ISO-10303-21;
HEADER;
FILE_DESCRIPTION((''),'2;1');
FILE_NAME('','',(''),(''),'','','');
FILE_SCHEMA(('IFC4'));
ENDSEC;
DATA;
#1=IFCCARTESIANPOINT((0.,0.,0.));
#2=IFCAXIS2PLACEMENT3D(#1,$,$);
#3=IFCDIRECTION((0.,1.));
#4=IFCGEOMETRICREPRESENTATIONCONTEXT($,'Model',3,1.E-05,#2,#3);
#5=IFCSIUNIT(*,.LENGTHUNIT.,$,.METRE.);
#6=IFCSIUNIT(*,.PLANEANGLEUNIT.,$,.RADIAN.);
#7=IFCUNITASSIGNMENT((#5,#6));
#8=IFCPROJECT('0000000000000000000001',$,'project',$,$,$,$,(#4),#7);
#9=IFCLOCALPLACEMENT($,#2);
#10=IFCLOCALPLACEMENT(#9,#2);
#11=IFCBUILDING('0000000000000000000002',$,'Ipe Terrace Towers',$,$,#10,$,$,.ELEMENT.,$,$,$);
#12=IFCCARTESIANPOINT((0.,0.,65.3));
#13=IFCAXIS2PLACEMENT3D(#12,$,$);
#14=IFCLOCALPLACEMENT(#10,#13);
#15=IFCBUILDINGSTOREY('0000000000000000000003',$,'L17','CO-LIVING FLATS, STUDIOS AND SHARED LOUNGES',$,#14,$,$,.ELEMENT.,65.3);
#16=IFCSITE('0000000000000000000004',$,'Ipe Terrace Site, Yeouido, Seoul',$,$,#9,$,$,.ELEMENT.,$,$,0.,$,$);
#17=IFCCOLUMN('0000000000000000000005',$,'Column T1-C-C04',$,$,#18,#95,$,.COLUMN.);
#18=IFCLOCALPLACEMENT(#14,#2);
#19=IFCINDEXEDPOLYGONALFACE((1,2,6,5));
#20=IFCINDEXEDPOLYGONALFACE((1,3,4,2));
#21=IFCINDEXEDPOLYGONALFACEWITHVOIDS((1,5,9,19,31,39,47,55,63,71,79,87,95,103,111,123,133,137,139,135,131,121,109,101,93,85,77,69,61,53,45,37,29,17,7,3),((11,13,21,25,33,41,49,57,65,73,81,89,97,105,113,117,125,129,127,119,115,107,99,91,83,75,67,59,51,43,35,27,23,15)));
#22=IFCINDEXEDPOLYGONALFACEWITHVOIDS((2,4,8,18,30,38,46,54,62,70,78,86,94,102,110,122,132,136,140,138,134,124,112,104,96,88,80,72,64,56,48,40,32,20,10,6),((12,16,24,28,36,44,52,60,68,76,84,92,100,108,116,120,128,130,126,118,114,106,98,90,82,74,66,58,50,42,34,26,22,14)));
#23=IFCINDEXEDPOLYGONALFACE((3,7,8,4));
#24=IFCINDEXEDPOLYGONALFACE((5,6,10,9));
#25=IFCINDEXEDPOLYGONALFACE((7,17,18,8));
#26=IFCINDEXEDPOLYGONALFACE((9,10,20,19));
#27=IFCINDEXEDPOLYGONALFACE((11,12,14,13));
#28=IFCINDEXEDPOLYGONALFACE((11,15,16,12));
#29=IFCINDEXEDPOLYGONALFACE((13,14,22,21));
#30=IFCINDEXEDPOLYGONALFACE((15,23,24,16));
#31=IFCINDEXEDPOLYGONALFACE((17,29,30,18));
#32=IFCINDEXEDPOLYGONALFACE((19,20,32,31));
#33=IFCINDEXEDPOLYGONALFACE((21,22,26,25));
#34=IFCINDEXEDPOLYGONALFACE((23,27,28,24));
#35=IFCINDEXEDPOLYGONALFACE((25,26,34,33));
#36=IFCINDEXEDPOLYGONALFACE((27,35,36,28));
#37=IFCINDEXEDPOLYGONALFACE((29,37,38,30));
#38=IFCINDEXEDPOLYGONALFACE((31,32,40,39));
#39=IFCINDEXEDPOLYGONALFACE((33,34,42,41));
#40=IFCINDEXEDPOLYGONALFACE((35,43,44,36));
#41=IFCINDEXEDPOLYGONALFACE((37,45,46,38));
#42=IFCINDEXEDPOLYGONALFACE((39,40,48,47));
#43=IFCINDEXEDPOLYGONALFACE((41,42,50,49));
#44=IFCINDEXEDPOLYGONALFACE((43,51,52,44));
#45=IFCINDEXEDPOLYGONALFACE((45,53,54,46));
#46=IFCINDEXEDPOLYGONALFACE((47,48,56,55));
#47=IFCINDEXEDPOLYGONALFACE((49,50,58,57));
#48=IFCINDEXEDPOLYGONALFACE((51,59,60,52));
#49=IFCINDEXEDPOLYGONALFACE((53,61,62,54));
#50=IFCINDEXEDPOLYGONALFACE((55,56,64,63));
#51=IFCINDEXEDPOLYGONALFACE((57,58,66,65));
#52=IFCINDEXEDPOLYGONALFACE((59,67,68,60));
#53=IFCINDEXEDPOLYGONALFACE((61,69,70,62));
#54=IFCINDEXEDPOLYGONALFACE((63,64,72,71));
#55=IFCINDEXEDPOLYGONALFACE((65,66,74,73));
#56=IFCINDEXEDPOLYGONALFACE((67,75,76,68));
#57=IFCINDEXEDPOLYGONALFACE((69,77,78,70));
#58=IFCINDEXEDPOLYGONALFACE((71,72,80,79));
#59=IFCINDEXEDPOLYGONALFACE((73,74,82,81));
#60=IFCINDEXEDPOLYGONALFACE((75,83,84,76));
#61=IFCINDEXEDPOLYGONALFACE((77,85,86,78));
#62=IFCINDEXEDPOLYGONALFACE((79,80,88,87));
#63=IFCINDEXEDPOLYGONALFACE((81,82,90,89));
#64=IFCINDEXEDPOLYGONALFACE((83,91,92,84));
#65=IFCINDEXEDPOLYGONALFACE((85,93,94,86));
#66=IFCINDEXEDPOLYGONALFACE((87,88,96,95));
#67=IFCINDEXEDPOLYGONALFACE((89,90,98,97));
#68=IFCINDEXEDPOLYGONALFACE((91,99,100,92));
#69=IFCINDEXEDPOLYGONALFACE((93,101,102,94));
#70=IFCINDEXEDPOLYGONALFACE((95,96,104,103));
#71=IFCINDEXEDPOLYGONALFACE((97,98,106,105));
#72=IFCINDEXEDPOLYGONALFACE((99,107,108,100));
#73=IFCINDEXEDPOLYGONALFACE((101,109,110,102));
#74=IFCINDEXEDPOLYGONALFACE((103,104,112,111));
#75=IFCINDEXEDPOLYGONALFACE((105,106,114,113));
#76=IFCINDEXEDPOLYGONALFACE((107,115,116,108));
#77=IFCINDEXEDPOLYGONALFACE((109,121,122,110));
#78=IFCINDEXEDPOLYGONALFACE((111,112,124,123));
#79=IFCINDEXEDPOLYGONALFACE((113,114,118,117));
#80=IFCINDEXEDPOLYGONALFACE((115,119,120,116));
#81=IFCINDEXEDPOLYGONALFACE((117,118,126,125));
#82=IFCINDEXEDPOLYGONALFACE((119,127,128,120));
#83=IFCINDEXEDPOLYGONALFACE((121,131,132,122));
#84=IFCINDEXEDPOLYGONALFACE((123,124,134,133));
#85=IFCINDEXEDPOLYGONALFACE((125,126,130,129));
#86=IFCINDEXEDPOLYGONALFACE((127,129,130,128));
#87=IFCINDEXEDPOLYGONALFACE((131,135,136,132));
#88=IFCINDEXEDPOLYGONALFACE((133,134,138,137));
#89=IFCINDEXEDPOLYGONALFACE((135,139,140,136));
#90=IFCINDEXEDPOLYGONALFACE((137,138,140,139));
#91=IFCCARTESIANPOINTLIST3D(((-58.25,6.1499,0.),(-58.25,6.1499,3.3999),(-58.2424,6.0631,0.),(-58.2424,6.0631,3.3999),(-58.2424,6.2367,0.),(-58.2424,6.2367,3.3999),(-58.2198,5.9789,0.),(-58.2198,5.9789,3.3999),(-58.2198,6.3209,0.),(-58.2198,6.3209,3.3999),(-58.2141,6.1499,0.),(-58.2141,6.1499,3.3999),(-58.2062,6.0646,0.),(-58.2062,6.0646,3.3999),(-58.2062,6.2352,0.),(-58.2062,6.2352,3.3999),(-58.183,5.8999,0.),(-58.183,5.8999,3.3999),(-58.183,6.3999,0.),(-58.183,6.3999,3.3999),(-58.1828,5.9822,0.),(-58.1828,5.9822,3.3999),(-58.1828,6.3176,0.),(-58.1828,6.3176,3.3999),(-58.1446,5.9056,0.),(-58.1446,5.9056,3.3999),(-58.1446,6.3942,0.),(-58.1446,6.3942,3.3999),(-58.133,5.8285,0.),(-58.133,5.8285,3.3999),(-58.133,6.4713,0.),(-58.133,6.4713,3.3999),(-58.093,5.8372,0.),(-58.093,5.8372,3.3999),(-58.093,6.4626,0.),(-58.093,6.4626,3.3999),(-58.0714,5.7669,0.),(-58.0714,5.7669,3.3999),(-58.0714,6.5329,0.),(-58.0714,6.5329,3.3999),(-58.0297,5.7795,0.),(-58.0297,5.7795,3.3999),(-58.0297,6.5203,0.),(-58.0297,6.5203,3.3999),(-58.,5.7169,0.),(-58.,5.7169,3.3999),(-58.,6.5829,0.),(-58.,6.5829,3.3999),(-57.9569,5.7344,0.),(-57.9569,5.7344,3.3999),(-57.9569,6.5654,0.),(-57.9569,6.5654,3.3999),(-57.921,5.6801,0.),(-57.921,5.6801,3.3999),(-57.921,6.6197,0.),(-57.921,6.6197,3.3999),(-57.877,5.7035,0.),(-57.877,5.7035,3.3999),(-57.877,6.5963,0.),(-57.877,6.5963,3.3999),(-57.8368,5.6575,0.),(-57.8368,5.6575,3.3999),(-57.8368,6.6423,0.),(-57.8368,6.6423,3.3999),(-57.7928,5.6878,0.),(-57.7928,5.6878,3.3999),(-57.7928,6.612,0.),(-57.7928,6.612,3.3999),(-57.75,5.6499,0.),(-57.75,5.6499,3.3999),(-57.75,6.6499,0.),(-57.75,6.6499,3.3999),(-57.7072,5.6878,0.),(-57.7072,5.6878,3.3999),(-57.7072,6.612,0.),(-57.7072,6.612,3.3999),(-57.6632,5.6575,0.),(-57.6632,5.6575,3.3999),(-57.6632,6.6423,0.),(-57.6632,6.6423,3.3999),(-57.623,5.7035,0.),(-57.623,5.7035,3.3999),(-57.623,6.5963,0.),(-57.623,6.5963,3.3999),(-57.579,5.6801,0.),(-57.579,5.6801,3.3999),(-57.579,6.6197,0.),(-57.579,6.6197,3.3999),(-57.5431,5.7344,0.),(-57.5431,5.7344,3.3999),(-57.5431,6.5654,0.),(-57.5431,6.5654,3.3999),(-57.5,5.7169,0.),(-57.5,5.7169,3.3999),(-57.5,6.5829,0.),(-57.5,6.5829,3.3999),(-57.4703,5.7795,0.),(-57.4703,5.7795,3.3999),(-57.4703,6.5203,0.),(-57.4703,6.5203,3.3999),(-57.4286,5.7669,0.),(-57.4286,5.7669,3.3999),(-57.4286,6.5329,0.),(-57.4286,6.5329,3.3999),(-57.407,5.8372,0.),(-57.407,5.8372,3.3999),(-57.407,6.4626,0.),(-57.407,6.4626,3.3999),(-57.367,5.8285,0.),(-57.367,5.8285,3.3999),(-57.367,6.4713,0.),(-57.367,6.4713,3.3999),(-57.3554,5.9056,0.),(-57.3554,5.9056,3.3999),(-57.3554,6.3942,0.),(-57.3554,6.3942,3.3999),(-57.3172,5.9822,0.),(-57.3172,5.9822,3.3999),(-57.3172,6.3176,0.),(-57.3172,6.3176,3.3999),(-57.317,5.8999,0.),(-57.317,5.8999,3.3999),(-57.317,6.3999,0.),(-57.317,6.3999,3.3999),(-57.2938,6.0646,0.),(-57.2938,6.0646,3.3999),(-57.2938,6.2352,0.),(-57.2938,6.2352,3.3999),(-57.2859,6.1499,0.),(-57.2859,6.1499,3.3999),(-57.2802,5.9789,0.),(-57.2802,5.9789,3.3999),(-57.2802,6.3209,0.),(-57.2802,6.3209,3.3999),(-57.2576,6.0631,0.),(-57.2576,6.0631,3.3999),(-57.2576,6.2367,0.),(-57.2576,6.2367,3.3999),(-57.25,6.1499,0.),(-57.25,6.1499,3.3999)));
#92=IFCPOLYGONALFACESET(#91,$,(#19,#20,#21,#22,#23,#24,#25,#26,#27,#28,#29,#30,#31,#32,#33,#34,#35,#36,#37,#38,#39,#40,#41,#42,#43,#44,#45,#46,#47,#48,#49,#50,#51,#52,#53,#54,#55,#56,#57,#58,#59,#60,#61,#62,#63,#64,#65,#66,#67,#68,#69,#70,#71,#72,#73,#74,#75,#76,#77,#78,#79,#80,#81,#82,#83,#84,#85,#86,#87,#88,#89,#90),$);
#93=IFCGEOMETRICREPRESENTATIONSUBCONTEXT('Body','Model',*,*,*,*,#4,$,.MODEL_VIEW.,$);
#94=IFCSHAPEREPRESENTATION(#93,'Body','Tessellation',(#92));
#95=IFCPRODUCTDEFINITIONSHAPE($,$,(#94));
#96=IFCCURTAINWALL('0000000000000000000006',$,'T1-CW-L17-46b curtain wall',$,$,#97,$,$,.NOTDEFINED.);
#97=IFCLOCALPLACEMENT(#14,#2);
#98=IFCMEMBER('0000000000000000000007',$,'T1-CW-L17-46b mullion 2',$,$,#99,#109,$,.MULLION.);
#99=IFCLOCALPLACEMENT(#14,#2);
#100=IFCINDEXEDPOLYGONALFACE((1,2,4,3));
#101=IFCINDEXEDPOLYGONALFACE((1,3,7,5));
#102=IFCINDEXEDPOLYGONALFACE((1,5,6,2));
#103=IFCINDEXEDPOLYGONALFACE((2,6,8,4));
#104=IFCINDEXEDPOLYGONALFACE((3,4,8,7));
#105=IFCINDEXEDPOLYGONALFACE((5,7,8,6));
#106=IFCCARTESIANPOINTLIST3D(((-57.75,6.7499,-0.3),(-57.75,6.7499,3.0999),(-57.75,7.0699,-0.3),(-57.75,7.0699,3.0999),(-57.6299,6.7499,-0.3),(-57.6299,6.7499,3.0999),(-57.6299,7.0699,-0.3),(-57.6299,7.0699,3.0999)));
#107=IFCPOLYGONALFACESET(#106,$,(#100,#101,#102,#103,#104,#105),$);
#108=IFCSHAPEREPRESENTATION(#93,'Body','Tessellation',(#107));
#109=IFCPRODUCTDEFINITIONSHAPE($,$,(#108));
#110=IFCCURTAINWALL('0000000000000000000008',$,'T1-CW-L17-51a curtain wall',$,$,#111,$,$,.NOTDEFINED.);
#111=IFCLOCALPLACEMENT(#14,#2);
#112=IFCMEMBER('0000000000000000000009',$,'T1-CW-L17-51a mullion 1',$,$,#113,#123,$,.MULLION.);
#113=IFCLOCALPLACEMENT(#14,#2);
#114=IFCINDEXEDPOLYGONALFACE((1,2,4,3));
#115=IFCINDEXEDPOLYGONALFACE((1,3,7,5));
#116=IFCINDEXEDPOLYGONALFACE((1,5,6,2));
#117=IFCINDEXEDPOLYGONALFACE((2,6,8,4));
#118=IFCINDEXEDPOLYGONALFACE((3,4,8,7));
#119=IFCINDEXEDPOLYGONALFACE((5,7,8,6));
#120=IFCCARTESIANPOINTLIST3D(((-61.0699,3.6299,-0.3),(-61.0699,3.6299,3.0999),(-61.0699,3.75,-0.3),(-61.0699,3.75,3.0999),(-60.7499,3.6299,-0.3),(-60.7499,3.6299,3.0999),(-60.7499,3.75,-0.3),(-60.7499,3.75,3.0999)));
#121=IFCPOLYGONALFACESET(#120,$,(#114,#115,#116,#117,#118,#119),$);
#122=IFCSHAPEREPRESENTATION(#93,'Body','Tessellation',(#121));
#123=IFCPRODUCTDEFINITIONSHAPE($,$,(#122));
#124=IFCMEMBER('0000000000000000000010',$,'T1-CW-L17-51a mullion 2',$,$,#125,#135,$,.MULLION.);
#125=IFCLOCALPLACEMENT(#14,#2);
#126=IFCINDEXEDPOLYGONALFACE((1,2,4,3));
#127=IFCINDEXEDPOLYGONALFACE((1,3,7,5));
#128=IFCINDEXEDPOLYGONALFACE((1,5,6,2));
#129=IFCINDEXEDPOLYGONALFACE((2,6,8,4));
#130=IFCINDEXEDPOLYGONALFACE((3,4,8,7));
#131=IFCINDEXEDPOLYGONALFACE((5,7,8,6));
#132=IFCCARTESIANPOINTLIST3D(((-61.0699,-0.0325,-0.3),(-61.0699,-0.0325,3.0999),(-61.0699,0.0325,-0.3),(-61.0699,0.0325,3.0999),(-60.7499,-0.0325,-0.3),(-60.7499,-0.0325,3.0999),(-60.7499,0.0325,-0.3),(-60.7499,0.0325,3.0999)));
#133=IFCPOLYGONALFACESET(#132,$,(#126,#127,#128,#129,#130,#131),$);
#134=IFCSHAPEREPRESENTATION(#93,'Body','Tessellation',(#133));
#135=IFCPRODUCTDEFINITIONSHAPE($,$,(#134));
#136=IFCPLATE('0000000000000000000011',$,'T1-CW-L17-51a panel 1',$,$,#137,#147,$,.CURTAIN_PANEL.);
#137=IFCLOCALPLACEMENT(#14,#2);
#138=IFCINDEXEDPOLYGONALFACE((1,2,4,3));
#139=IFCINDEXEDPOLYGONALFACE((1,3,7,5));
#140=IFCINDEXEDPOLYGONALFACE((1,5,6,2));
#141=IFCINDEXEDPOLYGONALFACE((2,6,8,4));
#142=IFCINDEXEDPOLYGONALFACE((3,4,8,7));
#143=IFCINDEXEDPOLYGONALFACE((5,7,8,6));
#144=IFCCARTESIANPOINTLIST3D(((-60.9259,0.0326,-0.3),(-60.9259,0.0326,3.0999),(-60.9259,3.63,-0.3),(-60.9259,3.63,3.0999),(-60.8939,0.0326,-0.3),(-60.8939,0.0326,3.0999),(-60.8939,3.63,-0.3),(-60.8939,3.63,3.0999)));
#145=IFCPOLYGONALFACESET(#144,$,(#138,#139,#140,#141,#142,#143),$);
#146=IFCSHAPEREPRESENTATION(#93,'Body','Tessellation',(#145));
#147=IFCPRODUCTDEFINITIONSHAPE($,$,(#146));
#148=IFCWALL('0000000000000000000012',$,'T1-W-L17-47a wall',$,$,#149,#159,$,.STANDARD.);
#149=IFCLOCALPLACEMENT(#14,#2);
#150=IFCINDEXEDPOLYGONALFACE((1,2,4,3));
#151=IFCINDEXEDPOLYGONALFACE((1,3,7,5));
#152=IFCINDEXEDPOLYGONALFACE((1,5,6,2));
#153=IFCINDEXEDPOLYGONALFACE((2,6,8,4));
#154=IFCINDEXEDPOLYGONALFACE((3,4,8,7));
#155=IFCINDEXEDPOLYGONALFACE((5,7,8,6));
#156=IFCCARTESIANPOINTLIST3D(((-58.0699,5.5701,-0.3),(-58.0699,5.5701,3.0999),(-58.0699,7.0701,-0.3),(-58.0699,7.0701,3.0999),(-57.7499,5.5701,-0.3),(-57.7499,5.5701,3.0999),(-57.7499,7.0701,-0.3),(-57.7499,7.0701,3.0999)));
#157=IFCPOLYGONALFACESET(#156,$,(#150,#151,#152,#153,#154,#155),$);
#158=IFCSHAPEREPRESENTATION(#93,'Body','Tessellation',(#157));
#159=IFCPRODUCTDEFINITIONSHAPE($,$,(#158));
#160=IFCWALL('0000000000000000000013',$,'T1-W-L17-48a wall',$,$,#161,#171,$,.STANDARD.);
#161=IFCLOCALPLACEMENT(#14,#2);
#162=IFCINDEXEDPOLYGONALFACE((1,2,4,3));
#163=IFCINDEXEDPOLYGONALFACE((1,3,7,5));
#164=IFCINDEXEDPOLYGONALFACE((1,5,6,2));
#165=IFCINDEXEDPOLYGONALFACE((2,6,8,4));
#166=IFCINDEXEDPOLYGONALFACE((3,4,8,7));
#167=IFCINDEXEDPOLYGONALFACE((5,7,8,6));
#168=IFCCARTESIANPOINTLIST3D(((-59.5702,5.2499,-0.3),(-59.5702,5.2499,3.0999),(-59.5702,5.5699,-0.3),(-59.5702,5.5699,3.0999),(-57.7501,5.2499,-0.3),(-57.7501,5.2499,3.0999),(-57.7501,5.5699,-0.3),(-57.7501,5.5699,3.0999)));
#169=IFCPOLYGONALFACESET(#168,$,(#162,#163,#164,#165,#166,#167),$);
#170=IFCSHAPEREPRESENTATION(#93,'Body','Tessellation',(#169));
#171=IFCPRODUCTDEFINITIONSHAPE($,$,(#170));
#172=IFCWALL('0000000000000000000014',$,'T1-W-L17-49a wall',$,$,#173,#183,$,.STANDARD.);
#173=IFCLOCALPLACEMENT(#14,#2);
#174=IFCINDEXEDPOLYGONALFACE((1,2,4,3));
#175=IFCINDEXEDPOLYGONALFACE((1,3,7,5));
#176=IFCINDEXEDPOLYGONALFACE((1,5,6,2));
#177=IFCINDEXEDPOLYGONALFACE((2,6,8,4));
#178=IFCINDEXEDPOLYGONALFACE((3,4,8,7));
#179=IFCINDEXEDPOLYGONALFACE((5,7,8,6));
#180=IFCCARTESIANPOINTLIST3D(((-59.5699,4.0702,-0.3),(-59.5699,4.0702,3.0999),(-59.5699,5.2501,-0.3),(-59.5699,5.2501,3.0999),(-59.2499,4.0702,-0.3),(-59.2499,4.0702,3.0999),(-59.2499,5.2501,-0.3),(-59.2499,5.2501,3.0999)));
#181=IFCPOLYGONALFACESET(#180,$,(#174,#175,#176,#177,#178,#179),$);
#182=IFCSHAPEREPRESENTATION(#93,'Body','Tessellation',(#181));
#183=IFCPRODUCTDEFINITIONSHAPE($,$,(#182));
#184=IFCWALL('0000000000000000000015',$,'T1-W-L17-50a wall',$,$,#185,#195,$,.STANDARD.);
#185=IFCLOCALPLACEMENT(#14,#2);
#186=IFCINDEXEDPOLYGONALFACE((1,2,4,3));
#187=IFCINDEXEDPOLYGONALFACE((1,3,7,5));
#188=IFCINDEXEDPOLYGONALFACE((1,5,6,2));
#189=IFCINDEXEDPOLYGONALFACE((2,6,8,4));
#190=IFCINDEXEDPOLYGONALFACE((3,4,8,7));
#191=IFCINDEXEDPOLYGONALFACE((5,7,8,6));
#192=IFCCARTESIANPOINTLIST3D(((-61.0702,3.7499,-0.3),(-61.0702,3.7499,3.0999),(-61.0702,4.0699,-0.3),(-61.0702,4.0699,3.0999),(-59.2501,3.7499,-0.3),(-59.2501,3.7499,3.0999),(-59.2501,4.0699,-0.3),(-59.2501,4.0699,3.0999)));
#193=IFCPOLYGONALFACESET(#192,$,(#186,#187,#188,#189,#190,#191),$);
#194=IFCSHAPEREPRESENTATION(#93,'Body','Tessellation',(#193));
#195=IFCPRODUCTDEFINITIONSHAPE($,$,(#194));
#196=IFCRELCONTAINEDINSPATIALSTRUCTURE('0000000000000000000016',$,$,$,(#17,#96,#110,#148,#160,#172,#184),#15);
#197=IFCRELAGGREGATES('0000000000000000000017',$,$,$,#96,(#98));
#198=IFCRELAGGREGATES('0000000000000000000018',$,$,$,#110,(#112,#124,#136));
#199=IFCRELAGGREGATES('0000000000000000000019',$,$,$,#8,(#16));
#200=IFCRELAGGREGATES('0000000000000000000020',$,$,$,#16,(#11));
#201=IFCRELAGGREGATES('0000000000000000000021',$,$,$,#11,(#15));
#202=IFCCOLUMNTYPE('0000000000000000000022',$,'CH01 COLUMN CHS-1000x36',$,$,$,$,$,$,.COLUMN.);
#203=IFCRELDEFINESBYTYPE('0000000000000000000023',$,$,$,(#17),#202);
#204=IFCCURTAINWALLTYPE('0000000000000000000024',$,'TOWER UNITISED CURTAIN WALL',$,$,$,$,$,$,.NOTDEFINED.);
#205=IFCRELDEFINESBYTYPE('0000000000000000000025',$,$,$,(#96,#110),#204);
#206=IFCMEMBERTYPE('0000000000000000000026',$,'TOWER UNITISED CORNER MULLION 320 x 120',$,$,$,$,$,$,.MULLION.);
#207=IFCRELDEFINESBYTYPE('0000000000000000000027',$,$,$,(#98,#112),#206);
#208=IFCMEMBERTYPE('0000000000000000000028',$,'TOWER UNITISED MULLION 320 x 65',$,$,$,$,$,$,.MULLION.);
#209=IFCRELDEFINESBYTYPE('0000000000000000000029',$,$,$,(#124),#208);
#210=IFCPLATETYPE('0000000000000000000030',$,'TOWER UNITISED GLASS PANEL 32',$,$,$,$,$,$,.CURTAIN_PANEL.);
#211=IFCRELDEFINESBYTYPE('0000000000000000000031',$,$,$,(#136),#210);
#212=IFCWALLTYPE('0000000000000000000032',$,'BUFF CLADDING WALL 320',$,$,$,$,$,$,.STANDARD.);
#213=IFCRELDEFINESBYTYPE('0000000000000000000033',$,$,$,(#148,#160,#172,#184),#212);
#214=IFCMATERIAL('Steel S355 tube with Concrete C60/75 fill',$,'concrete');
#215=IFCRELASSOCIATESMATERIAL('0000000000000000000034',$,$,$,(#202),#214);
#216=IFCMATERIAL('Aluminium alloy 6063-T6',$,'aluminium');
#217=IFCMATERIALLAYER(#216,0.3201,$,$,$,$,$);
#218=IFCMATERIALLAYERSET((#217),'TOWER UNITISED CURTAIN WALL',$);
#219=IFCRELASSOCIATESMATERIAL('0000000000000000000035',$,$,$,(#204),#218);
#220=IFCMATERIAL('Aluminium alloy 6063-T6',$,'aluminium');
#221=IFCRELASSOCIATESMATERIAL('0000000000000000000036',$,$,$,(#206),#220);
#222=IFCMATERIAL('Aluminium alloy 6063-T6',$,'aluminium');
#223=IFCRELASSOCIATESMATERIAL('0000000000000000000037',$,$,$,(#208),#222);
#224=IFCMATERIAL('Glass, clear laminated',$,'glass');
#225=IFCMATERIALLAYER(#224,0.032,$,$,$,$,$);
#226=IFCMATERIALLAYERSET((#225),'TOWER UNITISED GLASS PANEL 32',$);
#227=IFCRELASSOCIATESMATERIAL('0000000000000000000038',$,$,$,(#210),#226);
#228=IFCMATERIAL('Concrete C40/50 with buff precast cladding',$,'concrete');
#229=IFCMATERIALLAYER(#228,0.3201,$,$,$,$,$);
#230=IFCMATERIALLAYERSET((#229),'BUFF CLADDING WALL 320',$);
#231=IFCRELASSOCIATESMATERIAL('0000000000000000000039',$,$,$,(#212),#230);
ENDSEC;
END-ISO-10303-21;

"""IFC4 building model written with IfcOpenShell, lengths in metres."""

from ifc_helpers import new_model, si_unit, direction, frame, frame_2d, origin, origin_2d, place, context, subcontext, project, spatial, rectangle, hollow_circle, extrude, material, layer, layer_set, material_profile, profile_set, type_object, element, aggregate, save


model = new_model("IFC4")

# Units and contexts
model_context = context("Model", 3, precision=1e-05, world=origin(), true_north=direction((0.0, 1.0)))
body_context = subcontext(model_context, "Body", "Model", "MODEL_VIEW")
ifc_project = project(units=[si_unit("LENGTHUNIT", "METRE"), si_unit("PLANEANGLEUNIT", "RADIAN")], contexts=[model_context])

# Site, building, storey
site_placement = place(None, origin())
site = spatial("IfcSite", under=ifc_project, at=site_placement, Name="Ipe Terrace Site, Yeouido, Seoul", CompositionType="ELEMENT", RefElevation=0.0)
building_placement = place(site_placement, origin())
building = spatial("IfcBuilding", under=site, at=building_placement, Name="Ipe Terrace Towers", CompositionType="ELEMENT")
storey_placement = place(building_placement, frame((0.0, 0.0, 65.3)))
storey = spatial("IfcBuildingStorey", under=building, at=storey_placement, Name="L17", Description="CO-LIVING FLATS, STUDIOS AND SHARED LOUNGES", CompositionType="ELEMENT", Elevation=65.3)

# Column
ifc_material_1 = material(Name="Steel S355 tube with Concrete C60/75 fill", Category="concrete")
ifc_material_profile_1 = material_profile(ifc_material_1, hollow_circle(Radius=0.5, WallThickness=0.0359, at=origin_2d()), Name="CHS-1000x36")
ifc_profile_set_1 = profile_set([ifc_material_profile_1], Name="Steel S355 tube with Concrete C60/75 fill")
column_type = type_object("IfcColumnType", Name="CH01 COLUMN CHS-1000x36", PredefinedType="COLUMN", material=ifc_profile_set_1)
column_placement = place(storey_placement, frame((-57.75, 6.1499, 0.0), z_axis=(0.0, 0.0, 1.0), x_axis=(1.0, 0.0, 0.0)))
element("IfcColumn", 1, at=column_placement, inside=storey, type_object=column_type, Name="Column T1-C-C04", PredefinedType="COLUMN", context=body_context, shape_type="SweptSolid", body=[
    extrude(hollow_circle(Radius=0.5, WallThickness=0.0359, at=origin_2d()), origin(), (0.0, 0.0, 1.0), 3.3999),
])

# Curtain wall, member
ifc_material_2 = material(Name="Aluminium alloy 6063-T6", Category="aluminium")
ifc_layer_1 = layer(ifc_material_2, 0.3201)
ifc_layer_set_1 = layer_set([ifc_layer_1], Name="TOWER UNITISED CURTAIN WALL")
curtain_wall_type = type_object("IfcCurtainWallType", Name="TOWER UNITISED CURTAIN WALL", PredefinedType="NOTDEFINED", material=ifc_layer_set_1)
curtain_wall_1_placement = place(storey_placement, origin())
curtain_wall_1 = element("IfcCurtainWall", 2, at=curtain_wall_1_placement, inside=storey, type_object=curtain_wall_type, Name="T1-CW-L17-46b curtain wall", PredefinedType="NOTDEFINED")
ifc_material_3 = material(Name="Aluminium alloy 6063-T6", Category="aluminium")
ifc_material_profile_2 = material_profile(ifc_material_3, rectangle(XDim=0.3201, YDim=0.1201, at=origin_2d()), Name="TOWER UNITISED CORNER MULLION 320 x 120")
ifc_profile_set_2 = profile_set([ifc_material_profile_2], Name="Aluminium alloy 6063-T6")
member_type_1 = type_object("IfcMemberType", Name="TOWER UNITISED CORNER MULLION 320 x 120", PredefinedType="MULLION", material=ifc_profile_set_2)
member_1_placement = place(storey_placement, frame((-57.6899, 6.9099, -0.3), z_axis=(0.0, 0.0, 1.0), x_axis=(0.0, 1.0, 0.0)))
member_1 = element("IfcMember", 3, at=member_1_placement, type_object=member_type_1, Name="T1-CW-L17-46b mullion 2", PredefinedType="MULLION", context=body_context, shape_type="SweptSolid", body=[
    extrude(rectangle(XDim=0.3201, YDim=0.1201, at=origin_2d()), origin(), (0.0, 0.0, 1.0), 3.3999),
])
aggregate(curtain_wall_1, [member_1])

# Curtain wall, members, plate
curtain_wall_2_placement = place(storey_placement, origin())
curtain_wall_2 = element("IfcCurtainWall", 4, at=curtain_wall_2_placement, inside=storey, type_object=curtain_wall_type, Name="T1-CW-L17-51a curtain wall", PredefinedType="NOTDEFINED")
member_2_placement = place(storey_placement, frame((-60.9099, 3.6899, -0.3), z_axis=(0.0, 0.0, 1.0), x_axis=(-1.0, 0.0, 0.0)))
member_2 = element("IfcMember", 5, at=member_2_placement, type_object=member_type_1, Name="T1-CW-L17-51a mullion 1", PredefinedType="MULLION", context=body_context, shape_type="SweptSolid", body=[
    extrude(rectangle(XDim=0.3201, YDim=0.1201, at=origin_2d()), origin(), (0.0, 0.0, 1.0), 3.3999),
])
ifc_material_4 = material(Name="Aluminium alloy 6063-T6", Category="aluminium")
ifc_material_profile_3 = material_profile(ifc_material_4, rectangle(XDim=0.3201, YDim=0.0649, at=origin_2d()), Name="TOWER UNITISED MULLION 320 x 65")
ifc_profile_set_3 = profile_set([ifc_material_profile_3], Name="Aluminium alloy 6063-T6")
member_type_2 = type_object("IfcMemberType", Name="TOWER UNITISED MULLION 320 x 65", PredefinedType="MULLION", material=ifc_profile_set_3)
member_3_placement = place(storey_placement, frame((-60.9099, 0.0, -0.3), z_axis=(0.0, 0.0, 1.0), x_axis=(-1.0, 0.0, 0.0)))
member_3 = element("IfcMember", 6, at=member_3_placement, type_object=member_type_2, Name="T1-CW-L17-51a mullion 2", PredefinedType="MULLION", context=body_context, shape_type="SweptSolid", body=[
    extrude(rectangle(XDim=0.3201, YDim=0.0649, at=origin_2d()), origin(), (0.0, 0.0, 1.0), 3.3999),
])
ifc_material_5 = material(Name="Glass, clear laminated", Category="glass")
ifc_layer_2 = layer(ifc_material_5, 0.032)
ifc_layer_set_2 = layer_set([ifc_layer_2], Name="TOWER UNITISED GLASS PANEL 32")
plate_type = type_object("IfcPlateType", Name="TOWER UNITISED GLASS PANEL 32", PredefinedType="CURTAIN_PANEL", material=ifc_layer_set_2)
plate_placement = place(storey_placement, frame((-60.9099, 1.8313, -0.3), z_axis=(0.0, 0.0, 1.0), x_axis=(0.0, -1.0, 0.0)))
plate = element("IfcPlate", 7, at=plate_placement, type_object=plate_type, Name="T1-CW-L17-51a panel 1", PredefinedType="CURTAIN_PANEL", context=body_context, shape_type="SweptSolid", body=[
    extrude(rectangle(XDim=3.5974, YDim=0.032, at=origin_2d()), origin(), (0.0, 0.0, 1.0), 3.3999),
])
aggregate(curtain_wall_2, [member_2, member_3, plate])

# Walls
ifc_material_6 = material(Name="Concrete C40/50 with buff precast cladding", Category="concrete")
ifc_layer_3 = layer(ifc_material_6, 0.3201)
ifc_layer_set_3 = layer_set([ifc_layer_3], Name="BUFF CLADDING WALL 320")
wall_type_1 = type_object("IfcWallType", Name="BUFF CLADDING WALL 320", PredefinedType="STANDARD", material=ifc_layer_set_3)
wall_1_placement = place(storey_placement, frame((-57.9099, 7.0701, -0.3), z_axis=(0.0, 0.0, 1.0), x_axis=(0.0, -1.0, 0.0)))
element("IfcWall", 8, at=wall_1_placement, inside=storey, type_object=wall_type_1, Name="T1-W-L17-47a wall", PredefinedType="STANDARD", context=body_context, shape_type="SweptSolid", body=[
    extrude(rectangle(XDim=1.5, YDim=0.3201, at=frame_2d((0.75, 0.0))), origin(), (0.0, 0.0, 1.0), 3.3999),
])
wall_2_placement = place(storey_placement, frame((-57.75, 5.4099, -0.3), z_axis=(0.0, 0.0, 1.0), x_axis=(-1.0, 0.0, 0.0)))
element("IfcWall", 9, at=wall_2_placement, inside=storey, type_object=wall_type_1, Name="T1-W-L17-48a wall", PredefinedType="STANDARD", context=body_context, shape_type="SweptSolid", body=[
    extrude(rectangle(XDim=1.8201, YDim=0.3201, at=frame_2d((0.9102, 0.0))), origin(), (0.0, 0.0, 1.0), 3.3999),
])
wall_3_placement = place(storey_placement, frame((-59.4099, 5.25, -0.3), z_axis=(0.0, 0.0, 1.0), x_axis=(0.0, -1.0, 0.0)))
element("IfcWall", 10, at=wall_3_placement, inside=storey, type_object=wall_type_1, Name="T1-W-L17-49a wall", PredefinedType="STANDARD", context=body_context, shape_type="SweptSolid", body=[
    extrude(rectangle(XDim=1.1799, YDim=0.3201, at=frame_2d((0.5898, 0.0))), origin(), (0.0, 0.0, 1.0), 3.3999),
])
wall_4_placement = place(storey_placement, frame((-59.25, 3.9099, -0.3), z_axis=(0.0, 0.0, 1.0), x_axis=(-1.0, 0.0, 0.0)))
element("IfcWall", 11, at=wall_4_placement, inside=storey, type_object=wall_type_1, Name="T1-W-L17-50a wall", PredefinedType="STANDARD", context=body_context, shape_type="SweptSolid", body=[
    extrude(rectangle(XDim=1.8201, YDim=0.3201, at=frame_2d((0.9102, 0.0))), origin(), (0.0, 0.0, 1.0), 3.3999),
])

save(model, "model.ifc")
